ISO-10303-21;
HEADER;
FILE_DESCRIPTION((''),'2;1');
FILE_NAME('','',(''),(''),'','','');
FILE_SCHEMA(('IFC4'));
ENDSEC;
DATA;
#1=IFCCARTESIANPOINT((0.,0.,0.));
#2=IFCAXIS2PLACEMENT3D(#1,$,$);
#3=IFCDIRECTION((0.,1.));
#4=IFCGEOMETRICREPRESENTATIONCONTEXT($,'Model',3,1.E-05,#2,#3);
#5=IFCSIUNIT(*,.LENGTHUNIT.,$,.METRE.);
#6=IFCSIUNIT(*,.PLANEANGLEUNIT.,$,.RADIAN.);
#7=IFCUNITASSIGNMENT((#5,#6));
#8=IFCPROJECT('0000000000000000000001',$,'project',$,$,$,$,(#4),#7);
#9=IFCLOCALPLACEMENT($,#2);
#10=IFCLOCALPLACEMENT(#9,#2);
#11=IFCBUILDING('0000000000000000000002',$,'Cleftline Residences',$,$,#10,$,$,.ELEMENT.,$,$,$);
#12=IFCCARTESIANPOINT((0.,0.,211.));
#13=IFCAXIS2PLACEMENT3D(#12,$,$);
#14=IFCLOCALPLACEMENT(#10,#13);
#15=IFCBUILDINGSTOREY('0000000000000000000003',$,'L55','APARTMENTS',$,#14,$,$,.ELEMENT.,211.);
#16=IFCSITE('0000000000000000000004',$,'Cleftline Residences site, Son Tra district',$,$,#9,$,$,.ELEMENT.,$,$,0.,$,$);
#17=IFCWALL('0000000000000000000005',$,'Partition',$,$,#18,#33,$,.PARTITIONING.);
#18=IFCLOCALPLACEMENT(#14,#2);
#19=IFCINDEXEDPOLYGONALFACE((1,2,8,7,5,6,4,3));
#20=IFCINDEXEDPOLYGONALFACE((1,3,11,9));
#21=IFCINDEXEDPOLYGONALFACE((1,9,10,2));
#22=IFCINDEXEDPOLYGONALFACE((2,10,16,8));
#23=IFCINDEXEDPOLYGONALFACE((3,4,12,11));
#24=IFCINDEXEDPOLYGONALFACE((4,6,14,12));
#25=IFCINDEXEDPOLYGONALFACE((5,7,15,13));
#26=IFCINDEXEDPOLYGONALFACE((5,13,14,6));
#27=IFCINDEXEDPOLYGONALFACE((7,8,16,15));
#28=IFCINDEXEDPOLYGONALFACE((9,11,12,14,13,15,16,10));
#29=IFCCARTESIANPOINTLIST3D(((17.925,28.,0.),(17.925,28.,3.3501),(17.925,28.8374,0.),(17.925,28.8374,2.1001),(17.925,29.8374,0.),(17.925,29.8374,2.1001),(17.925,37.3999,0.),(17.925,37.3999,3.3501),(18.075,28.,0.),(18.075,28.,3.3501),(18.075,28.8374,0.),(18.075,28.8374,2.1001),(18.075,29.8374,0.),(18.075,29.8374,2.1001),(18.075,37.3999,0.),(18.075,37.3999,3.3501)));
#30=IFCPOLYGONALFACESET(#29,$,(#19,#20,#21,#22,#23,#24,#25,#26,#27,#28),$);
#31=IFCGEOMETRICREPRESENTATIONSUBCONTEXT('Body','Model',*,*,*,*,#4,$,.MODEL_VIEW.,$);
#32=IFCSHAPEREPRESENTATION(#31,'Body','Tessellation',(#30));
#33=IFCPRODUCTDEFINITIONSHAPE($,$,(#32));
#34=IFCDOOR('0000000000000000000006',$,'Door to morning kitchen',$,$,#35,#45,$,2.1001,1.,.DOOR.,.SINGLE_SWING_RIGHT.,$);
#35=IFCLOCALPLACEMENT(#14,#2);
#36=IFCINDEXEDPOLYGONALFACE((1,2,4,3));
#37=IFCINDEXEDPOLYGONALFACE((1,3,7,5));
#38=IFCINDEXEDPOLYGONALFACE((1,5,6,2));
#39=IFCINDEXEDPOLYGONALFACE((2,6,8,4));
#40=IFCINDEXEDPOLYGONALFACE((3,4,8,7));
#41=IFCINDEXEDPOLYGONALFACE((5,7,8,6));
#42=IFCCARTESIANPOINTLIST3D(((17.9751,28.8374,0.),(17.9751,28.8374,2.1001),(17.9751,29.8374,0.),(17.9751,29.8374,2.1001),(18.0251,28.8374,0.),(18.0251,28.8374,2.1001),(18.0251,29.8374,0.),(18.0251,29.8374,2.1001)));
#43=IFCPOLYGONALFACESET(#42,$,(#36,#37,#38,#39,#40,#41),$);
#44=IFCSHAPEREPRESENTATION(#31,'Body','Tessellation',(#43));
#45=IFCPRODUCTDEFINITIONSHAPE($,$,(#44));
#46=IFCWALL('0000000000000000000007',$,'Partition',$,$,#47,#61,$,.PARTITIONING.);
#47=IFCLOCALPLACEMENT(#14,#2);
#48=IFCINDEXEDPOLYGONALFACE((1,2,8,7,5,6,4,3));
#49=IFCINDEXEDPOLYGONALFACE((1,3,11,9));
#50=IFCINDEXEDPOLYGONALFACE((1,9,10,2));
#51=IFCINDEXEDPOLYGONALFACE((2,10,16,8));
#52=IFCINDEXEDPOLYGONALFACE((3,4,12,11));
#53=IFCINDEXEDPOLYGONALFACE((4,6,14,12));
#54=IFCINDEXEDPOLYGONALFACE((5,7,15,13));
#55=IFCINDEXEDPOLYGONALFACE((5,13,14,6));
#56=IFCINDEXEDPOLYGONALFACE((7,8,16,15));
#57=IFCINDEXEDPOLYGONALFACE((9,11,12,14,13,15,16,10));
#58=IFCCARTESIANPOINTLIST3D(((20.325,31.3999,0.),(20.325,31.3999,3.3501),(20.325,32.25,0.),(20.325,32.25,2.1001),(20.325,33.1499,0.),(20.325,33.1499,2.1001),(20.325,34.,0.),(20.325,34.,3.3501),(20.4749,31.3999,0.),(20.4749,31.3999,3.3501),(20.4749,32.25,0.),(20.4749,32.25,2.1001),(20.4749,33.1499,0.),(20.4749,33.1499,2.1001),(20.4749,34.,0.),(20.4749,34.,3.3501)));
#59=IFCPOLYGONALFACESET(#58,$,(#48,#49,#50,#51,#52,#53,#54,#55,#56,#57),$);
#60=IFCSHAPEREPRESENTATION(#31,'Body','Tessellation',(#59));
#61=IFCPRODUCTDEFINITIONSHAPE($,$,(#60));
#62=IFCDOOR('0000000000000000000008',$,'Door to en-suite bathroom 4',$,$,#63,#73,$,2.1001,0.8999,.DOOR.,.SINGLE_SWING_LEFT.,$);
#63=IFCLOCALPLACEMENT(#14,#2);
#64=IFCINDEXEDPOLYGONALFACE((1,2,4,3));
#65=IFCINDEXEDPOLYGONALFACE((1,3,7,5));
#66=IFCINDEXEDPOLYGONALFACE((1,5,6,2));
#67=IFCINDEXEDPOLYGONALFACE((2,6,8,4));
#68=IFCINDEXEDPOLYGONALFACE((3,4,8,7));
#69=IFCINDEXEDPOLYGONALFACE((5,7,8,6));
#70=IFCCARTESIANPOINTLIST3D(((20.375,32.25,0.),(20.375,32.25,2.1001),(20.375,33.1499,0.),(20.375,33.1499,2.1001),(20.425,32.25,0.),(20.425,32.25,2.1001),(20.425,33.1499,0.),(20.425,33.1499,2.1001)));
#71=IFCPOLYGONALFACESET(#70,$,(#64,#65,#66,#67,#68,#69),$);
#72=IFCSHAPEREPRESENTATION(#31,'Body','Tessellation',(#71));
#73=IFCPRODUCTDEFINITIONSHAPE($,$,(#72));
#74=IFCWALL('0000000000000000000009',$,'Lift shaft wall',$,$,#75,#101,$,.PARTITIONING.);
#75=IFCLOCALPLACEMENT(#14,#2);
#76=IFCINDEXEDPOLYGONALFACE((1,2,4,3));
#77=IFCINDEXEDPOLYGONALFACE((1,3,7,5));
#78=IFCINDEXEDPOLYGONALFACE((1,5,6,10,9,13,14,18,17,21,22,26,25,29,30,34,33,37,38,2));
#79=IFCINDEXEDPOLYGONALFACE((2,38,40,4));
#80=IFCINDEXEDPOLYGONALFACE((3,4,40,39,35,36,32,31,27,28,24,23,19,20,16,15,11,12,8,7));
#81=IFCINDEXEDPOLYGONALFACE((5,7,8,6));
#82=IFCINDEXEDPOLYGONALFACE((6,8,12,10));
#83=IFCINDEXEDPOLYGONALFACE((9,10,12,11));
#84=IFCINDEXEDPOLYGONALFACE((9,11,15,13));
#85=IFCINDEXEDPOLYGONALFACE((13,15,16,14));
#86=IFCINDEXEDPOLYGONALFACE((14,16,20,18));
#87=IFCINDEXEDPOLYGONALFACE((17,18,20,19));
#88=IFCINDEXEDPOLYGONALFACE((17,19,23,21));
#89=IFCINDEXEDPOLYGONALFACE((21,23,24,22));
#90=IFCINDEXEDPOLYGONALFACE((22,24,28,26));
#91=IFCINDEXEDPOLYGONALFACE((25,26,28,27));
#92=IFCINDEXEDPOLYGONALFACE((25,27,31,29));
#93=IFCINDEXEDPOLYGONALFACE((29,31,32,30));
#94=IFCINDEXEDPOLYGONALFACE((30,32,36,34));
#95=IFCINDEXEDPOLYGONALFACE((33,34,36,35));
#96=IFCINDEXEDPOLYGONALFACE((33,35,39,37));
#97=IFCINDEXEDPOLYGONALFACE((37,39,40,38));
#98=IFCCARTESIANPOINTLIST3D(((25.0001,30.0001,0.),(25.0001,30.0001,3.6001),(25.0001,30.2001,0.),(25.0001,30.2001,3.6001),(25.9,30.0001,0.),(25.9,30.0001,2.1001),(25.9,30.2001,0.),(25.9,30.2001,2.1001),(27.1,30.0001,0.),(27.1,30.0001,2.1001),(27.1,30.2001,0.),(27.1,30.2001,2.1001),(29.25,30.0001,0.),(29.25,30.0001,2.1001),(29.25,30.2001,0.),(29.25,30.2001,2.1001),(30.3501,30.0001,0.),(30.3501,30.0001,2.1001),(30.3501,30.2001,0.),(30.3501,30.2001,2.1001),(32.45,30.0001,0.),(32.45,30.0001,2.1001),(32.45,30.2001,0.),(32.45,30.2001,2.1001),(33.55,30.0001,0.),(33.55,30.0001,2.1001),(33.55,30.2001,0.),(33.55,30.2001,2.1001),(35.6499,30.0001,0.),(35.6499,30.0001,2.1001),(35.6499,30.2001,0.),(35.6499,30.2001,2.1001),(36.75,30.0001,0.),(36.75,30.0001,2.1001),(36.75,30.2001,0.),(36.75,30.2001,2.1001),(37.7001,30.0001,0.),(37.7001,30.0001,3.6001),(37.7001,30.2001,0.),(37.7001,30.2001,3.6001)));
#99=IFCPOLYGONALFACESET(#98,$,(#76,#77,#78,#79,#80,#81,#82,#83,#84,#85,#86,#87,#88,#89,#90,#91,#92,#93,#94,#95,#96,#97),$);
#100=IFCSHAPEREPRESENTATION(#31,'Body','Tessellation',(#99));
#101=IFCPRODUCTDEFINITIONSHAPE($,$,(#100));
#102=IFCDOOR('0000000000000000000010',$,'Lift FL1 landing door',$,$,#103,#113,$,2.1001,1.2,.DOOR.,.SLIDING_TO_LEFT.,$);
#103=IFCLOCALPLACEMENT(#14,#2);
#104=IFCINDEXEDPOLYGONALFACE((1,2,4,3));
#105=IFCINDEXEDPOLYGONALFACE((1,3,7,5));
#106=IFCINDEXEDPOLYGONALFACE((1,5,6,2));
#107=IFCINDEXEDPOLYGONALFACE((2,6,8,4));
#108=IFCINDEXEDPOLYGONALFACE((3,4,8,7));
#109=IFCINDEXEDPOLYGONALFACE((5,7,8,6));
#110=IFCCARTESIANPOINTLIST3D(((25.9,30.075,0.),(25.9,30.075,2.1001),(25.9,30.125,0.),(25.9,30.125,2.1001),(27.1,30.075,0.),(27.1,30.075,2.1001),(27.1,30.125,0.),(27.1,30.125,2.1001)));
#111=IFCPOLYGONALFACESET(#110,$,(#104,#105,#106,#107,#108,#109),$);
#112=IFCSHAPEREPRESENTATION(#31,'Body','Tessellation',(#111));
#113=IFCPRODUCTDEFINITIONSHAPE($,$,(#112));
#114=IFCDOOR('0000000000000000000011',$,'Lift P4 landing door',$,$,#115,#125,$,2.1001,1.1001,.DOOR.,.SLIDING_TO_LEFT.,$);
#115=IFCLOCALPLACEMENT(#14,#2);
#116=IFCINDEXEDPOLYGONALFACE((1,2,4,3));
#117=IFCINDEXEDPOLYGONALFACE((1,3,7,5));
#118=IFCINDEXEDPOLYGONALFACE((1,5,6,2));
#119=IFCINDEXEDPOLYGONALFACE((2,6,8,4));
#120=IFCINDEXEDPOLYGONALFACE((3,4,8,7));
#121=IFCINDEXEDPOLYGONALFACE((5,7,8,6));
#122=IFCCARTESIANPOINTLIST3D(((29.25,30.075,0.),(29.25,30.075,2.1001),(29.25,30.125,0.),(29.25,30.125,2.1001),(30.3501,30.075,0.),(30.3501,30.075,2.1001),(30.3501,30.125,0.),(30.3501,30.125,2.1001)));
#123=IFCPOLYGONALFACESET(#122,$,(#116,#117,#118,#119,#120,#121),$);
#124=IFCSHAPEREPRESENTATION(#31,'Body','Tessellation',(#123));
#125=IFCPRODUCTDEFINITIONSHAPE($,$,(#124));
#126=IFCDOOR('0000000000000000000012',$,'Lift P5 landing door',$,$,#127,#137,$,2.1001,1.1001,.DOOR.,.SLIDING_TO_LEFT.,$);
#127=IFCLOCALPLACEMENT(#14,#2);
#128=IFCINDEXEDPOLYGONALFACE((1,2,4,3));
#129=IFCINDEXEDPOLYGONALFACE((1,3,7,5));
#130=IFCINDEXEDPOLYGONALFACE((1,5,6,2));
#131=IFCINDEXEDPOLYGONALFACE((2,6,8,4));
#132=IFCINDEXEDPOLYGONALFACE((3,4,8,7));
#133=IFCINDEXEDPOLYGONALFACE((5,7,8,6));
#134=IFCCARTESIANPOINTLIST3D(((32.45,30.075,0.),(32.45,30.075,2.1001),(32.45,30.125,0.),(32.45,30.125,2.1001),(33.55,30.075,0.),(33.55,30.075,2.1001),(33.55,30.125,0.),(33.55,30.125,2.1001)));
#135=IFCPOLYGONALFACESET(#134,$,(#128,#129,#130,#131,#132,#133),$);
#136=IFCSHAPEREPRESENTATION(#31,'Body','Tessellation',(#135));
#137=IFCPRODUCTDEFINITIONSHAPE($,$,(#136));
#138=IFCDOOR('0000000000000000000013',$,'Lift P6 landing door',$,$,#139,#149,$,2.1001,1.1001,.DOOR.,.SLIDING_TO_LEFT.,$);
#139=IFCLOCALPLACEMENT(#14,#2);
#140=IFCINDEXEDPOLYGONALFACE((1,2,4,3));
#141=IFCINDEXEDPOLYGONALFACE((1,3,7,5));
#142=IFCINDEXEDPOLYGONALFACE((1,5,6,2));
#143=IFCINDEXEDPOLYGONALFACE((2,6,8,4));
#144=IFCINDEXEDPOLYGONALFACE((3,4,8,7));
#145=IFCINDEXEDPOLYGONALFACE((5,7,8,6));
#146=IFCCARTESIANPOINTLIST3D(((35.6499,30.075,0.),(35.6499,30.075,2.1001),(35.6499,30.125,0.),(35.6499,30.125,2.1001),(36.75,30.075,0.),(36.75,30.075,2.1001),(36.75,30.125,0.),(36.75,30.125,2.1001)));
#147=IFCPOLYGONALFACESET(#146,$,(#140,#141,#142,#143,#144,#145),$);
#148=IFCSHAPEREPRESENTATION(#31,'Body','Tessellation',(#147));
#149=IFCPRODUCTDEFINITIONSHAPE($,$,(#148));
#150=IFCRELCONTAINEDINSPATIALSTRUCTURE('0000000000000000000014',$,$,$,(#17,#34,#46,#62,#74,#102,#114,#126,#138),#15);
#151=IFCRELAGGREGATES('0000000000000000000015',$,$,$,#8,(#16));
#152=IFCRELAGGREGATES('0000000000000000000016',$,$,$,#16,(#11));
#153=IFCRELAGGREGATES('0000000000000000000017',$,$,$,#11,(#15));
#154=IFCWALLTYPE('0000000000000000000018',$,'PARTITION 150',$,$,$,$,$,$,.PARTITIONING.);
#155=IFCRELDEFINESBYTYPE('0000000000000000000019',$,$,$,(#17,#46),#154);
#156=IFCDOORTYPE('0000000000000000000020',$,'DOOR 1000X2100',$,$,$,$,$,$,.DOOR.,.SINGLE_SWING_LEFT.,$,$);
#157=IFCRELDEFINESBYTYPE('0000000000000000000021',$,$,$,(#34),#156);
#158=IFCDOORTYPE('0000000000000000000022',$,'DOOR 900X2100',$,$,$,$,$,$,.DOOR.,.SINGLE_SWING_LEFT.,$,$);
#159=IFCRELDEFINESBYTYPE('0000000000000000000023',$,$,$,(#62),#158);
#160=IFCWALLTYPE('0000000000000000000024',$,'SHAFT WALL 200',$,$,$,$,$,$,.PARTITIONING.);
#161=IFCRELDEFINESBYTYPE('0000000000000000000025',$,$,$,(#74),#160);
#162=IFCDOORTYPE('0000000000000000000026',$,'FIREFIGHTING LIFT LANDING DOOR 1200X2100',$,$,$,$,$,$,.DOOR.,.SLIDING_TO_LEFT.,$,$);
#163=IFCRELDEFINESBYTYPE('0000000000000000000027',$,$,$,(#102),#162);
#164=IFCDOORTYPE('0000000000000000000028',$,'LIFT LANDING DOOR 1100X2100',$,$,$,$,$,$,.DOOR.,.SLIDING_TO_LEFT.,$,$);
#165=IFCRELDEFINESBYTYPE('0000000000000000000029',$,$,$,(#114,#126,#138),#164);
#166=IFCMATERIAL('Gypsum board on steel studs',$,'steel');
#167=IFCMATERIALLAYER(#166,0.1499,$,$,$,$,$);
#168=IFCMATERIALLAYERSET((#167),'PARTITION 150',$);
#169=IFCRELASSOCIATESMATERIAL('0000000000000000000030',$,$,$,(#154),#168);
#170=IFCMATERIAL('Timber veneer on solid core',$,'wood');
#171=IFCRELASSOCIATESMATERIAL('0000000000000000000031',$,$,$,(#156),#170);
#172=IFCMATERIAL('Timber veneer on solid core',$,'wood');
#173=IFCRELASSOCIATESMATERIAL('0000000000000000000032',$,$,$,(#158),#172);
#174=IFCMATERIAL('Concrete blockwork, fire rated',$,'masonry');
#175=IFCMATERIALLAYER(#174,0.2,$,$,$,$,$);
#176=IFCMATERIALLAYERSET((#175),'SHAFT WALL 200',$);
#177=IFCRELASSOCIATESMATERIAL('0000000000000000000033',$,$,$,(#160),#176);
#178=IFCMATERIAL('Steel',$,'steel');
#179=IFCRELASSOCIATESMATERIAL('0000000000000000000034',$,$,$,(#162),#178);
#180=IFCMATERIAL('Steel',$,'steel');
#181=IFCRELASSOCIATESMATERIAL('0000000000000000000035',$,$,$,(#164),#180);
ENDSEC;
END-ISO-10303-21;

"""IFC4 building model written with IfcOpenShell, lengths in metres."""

from ifc_helpers import new_model, si_unit, direction, frame, frame_2d, origin, place, context, subcontext, project, spatial, rectangle, extrude, material, layer, layer_set, type_object, element, fill, save


model = new_model("IFC4")

# Units and contexts
model_context = context("Model", 3, precision=1e-05, world=origin(), true_north=direction((0.0, 1.0)))
body_context = subcontext(model_context, "Body", "Model", "MODEL_VIEW")
ifc_project = project(units=[si_unit("LENGTHUNIT", "METRE"), si_unit("PLANEANGLEUNIT", "RADIAN")], contexts=[model_context])

# Site, building, storey
site_placement = place(None, origin())
site = spatial("IfcSite", under=ifc_project, at=site_placement, Name="Cleftline Residences site, Son Tra district", CompositionType="ELEMENT", RefElevation=0.0)
building_placement = place(site_placement, origin())
building = spatial("IfcBuilding", under=site, at=building_placement, Name="Cleftline Residences", CompositionType="ELEMENT")
storey_placement = place(building_placement, frame((0.0, 0.0, 211.0)))
storey = spatial("IfcBuildingStorey", under=building, at=storey_placement, Name="L55", Description="APARTMENTS", CompositionType="ELEMENT", Elevation=211.0)

# Shared definitions
ifc_material_1 = material(Name="Gypsum board on steel studs", Category="steel")
ifc_layer_1 = layer(ifc_material_1, 0.1499)
ifc_layer_set_1 = layer_set([ifc_layer_1], Name="PARTITION 150")
wall_type_1 = type_object("IfcWallType", Name="PARTITION 150", PredefinedType="PARTITIONING", material=ifc_layer_set_1)

# Walls, openings, doors
wall_1_placement = place(storey_placement, frame((18.0, 28.0, 0.0), z_axis=(0.0, 0.0, 1.0), x_axis=(0.0, 1.0, 0.0)))
wall_1 = element("IfcWall", 1, at=wall_1_placement, inside=storey, type_object=wall_type_1, Name="Partition", PredefinedType="PARTITIONING", context=body_context, shape_type="SweptSolid", body=[
    extrude(rectangle(XDim=9.3999, YDim=0.1499, at=frame_2d((4.7, 0.0))), origin(), (0.0, 0.0, 1.0), 3.3501),
])
opening_1_placement = place(wall_1_placement, frame((0.8374, 0.0, 0.0)))
opening_1 = element("IfcOpeningElement", 2, at=opening_1_placement, cuts=wall_1, PredefinedType="OPENING", context=body_context, shape_type="SweptSolid", body=[
    extrude(rectangle(XDim=1.0, YDim=2.1001, at=frame_2d((0.5, 1.05))), frame((0.0, 0.085, 0.0), z_axis=(0.0, -1.0, 0.0), x_axis=(1.0, 0.0, 0.0)), (0.0, 0.0, 1.0), 0.1699),
])
ifc_material_2 = material(Name="Timber veneer on solid core", Category="wood")
door_type_1 = type_object("IfcDoorType", Name="DOOR 1000X2100", OperationType="SINGLE_SWING_LEFT", PredefinedType="DOOR", material=ifc_material_2)
door_1_placement = place(opening_1_placement, origin())
door_1 = element("IfcDoor", 3, at=door_1_placement, inside=storey, type_object=door_type_1, Name="Door to morning kitchen", OperationType="SINGLE_SWING_RIGHT", OverallHeight=2.1001, OverallWidth=1.0, PredefinedType="DOOR", context=body_context, shape_type="SweptSolid", body=[
    extrude(rectangle(XDim=1.0, YDim=2.1001, at=frame_2d((0.5, 1.05))), frame((0.0, 0.0249, 0.0), z_axis=(0.0, -1.0, 0.0), x_axis=(1.0, 0.0, 0.0)), (0.0, 0.0, 1.0), 0.05),
])
fill(opening_1, door_1)
wall_2_placement = place(storey_placement, frame((20.3999, 31.3999, 0.0), z_axis=(0.0, 0.0, 1.0), x_axis=(0.0, 1.0, 0.0)))
wall_2 = element("IfcWall", 4, at=wall_2_placement, inside=storey, type_object=wall_type_1, Name="Partition", PredefinedType="PARTITIONING", context=body_context, shape_type="SweptSolid", body=[
    extrude(rectangle(XDim=2.6001, YDim=0.1499, at=frame_2d((1.3, 0.0))), origin(), (0.0, 0.0, 1.0), 3.3501),
])
opening_2_placement = place(wall_2_placement, frame((0.8501, 0.0, 0.0)))
opening_2 = element("IfcOpeningElement", 5, at=opening_2_placement, cuts=wall_2, PredefinedType="OPENING", context=body_context, shape_type="SweptSolid", body=[
    extrude(rectangle(XDim=0.8999, YDim=2.1001, at=frame_2d((0.45, 1.05))), frame((0.0, 0.085, 0.0), z_axis=(0.0, -1.0, 0.0), x_axis=(1.0, 0.0, 0.0)), (0.0, 0.0, 1.0), 0.1699),
])
ifc_material_3 = material(Name="Timber veneer on solid core", Category="wood")
door_type_2 = type_object("IfcDoorType", Name="DOOR 900X2100", OperationType="SINGLE_SWING_LEFT", PredefinedType="DOOR", material=ifc_material_3)
door_2_placement = place(opening_2_placement, origin())
door_2 = element("IfcDoor", 6, at=door_2_placement, inside=storey, type_object=door_type_2, Name="Door to en-suite bathroom 4", OperationType="SINGLE_SWING_LEFT", OverallHeight=2.1001, OverallWidth=0.8999, PredefinedType="DOOR", context=body_context, shape_type="SweptSolid", body=[
    extrude(rectangle(XDim=0.8999, YDim=2.1001, at=frame_2d((0.45, 1.05))), frame((0.0, 0.0249, 0.0), z_axis=(0.0, -1.0, 0.0), x_axis=(1.0, 0.0, 0.0)), (0.0, 0.0, 1.0), 0.05),
])
fill(opening_2, door_2)

# Wall, openings, doors
ifc_material_4 = material(Name="Concrete blockwork, fire rated", Category="masonry")
ifc_layer_2 = layer(ifc_material_4, 0.2)
ifc_layer_set_2 = layer_set([ifc_layer_2], Name="SHAFT WALL 200")
wall_type_2 = type_object("IfcWallType", Name="SHAFT WALL 200", PredefinedType="PARTITIONING", material=ifc_layer_set_2)
wall_3_placement = place(storey_placement, frame((25.0, 30.1001, 0.0), z_axis=(0.0, 0.0, 1.0), x_axis=(1.0, 0.0, 0.0)))
wall_3 = element("IfcWall", 7, at=wall_3_placement, inside=storey, type_object=wall_type_2, Name="Lift shaft wall", PredefinedType="PARTITIONING", context=body_context, shape_type="SweptSolid", body=[
    extrude(rectangle(XDim=12.7, YDim=0.2, at=frame_2d((6.3501, 0.0))), origin(), (0.0, 0.0, 1.0), 3.6001),
])
opening_3_placement = place(wall_3_placement, frame((4.25, 0.0, 0.0)))
opening_3 = element("IfcOpeningElement", 8, at=opening_3_placement, cuts=wall_3, PredefinedType="OPENING", context=body_context, shape_type="SweptSolid", body=[
    extrude(rectangle(XDim=1.1001, YDim=2.1001, at=frame_2d((0.55, 1.05))), frame((0.0, 0.1099, 0.0), z_axis=(0.0, -1.0, 0.0), x_axis=(1.0, 0.0, 0.0)), (0.0, 0.0, 1.0), 0.22),
])
opening_4_placement = place(wall_3_placement, frame((7.45, 0.0, 0.0)))
opening_4 = element("IfcOpeningElement", 9, at=opening_4_placement, cuts=wall_3, PredefinedType="OPENING", context=body_context, shape_type="SweptSolid", body=[
    extrude(rectangle(XDim=1.1001, YDim=2.1001, at=frame_2d((0.55, 1.05))), frame((0.0, 0.1099, 0.0), z_axis=(0.0, -1.0, 0.0), x_axis=(1.0, 0.0, 0.0)), (0.0, 0.0, 1.0), 0.22),
])
opening_5_placement = place(wall_3_placement, frame((10.6499, 0.0, 0.0)))
opening_5 = element("IfcOpeningElement", 10, at=opening_5_placement, cuts=wall_3, PredefinedType="OPENING", context=body_context, shape_type="SweptSolid", body=[
    extrude(rectangle(XDim=1.1001, YDim=2.1001, at=frame_2d((0.55, 1.05))), frame((0.0, 0.1099, 0.0), z_axis=(0.0, -1.0, 0.0), x_axis=(1.0, 0.0, 0.0)), (0.0, 0.0, 1.0), 0.22),
])
opening_6_placement = place(wall_3_placement, frame((0.8999, 0.0, 0.0)))
opening_6 = element("IfcOpeningElement", 11, at=opening_6_placement, cuts=wall_3, PredefinedType="OPENING", context=body_context, shape_type="SweptSolid", body=[
    extrude(rectangle(XDim=1.2, YDim=2.1001, at=frame_2d((0.6001, 1.05))), frame((0.0, 0.1099, 0.0), z_axis=(0.0, -1.0, 0.0), x_axis=(1.0, 0.0, 0.0)), (0.0, 0.0, 1.0), 0.22),
])
ifc_material_5 = material(Name="Steel", Category="steel")
door_type_3 = type_object("IfcDoorType", Name="FIREFIGHTING LIFT LANDING DOOR 1200X2100", OperationType="SLIDING_TO_LEFT", PredefinedType="DOOR", material=ifc_material_5)
door_3_placement = place(opening_6_placement, origin())
door_3 = element("IfcDoor", 12, at=door_3_placement, inside=storey, type_object=door_type_3, Name="Lift FL1 landing door", OperationType="SLIDING_TO_LEFT", OverallHeight=2.1001, OverallWidth=1.2, PredefinedType="DOOR", context=body_context, shape_type="SweptSolid", body=[
    extrude(rectangle(XDim=1.2, YDim=2.1001, at=frame_2d((0.6001, 1.05))), frame((0.0, 0.0249, 0.0), z_axis=(0.0, -1.0, 0.0), x_axis=(1.0, 0.0, 0.0)), (0.0, 0.0, 1.0), 0.05),
])
fill(opening_6, door_3)
ifc_material_6 = material(Name="Steel", Category="steel")
door_type_4 = type_object("IfcDoorType", Name="LIFT LANDING DOOR 1100X2100", OperationType="SLIDING_TO_LEFT", PredefinedType="DOOR", material=ifc_material_6)
door_4_placement = place(opening_3_placement, origin())
door_4 = element("IfcDoor", 13, at=door_4_placement, inside=storey, type_object=door_type_4, Name="Lift P4 landing door", OperationType="SLIDING_TO_LEFT", OverallHeight=2.1001, OverallWidth=1.1001, PredefinedType="DOOR", context=body_context, shape_type="SweptSolid", body=[
    extrude(rectangle(XDim=1.1001, YDim=2.1001, at=frame_2d((0.55, 1.05))), frame((0.0, 0.0249, 0.0), z_axis=(0.0, -1.0, 0.0), x_axis=(1.0, 0.0, 0.0)), (0.0, 0.0, 1.0), 0.05),
])
fill(opening_3, door_4)
door_5_placement = place(opening_4_placement, origin())
door_5 = element("IfcDoor", 14, at=door_5_placement, inside=storey, type_object=door_type_4, Name="Lift P5 landing door", OperationType="SLIDING_TO_LEFT", OverallHeight=2.1001, OverallWidth=1.1001, PredefinedType="DOOR", context=body_context, shape_type="SweptSolid", body=[
    extrude(rectangle(XDim=1.1001, YDim=2.1001, at=frame_2d((0.55, 1.05))), frame((0.0, 0.0249, 0.0), z_axis=(0.0, -1.0, 0.0), x_axis=(1.0, 0.0, 0.0)), (0.0, 0.0, 1.0), 0.05),
])
fill(opening_4, door_5)
door_6_placement = place(opening_5_placement, origin())
door_6 = element("IfcDoor", 15, at=door_6_placement, inside=storey, type_object=door_type_4, Name="Lift P6 landing door", OperationType="SLIDING_TO_LEFT", OverallHeight=2.1001, OverallWidth=1.1001, PredefinedType="DOOR", context=body_context, shape_type="SweptSolid", body=[
    extrude(rectangle(XDim=1.1001, YDim=2.1001, at=frame_2d((0.55, 1.05))), frame((0.0, 0.0249, 0.0), z_axis=(0.0, -1.0, 0.0), x_axis=(1.0, 0.0, 0.0)), (0.0, 0.0, 1.0), 0.05),
])
fill(opening_5, door_6)

save(model, "model.ifc")
